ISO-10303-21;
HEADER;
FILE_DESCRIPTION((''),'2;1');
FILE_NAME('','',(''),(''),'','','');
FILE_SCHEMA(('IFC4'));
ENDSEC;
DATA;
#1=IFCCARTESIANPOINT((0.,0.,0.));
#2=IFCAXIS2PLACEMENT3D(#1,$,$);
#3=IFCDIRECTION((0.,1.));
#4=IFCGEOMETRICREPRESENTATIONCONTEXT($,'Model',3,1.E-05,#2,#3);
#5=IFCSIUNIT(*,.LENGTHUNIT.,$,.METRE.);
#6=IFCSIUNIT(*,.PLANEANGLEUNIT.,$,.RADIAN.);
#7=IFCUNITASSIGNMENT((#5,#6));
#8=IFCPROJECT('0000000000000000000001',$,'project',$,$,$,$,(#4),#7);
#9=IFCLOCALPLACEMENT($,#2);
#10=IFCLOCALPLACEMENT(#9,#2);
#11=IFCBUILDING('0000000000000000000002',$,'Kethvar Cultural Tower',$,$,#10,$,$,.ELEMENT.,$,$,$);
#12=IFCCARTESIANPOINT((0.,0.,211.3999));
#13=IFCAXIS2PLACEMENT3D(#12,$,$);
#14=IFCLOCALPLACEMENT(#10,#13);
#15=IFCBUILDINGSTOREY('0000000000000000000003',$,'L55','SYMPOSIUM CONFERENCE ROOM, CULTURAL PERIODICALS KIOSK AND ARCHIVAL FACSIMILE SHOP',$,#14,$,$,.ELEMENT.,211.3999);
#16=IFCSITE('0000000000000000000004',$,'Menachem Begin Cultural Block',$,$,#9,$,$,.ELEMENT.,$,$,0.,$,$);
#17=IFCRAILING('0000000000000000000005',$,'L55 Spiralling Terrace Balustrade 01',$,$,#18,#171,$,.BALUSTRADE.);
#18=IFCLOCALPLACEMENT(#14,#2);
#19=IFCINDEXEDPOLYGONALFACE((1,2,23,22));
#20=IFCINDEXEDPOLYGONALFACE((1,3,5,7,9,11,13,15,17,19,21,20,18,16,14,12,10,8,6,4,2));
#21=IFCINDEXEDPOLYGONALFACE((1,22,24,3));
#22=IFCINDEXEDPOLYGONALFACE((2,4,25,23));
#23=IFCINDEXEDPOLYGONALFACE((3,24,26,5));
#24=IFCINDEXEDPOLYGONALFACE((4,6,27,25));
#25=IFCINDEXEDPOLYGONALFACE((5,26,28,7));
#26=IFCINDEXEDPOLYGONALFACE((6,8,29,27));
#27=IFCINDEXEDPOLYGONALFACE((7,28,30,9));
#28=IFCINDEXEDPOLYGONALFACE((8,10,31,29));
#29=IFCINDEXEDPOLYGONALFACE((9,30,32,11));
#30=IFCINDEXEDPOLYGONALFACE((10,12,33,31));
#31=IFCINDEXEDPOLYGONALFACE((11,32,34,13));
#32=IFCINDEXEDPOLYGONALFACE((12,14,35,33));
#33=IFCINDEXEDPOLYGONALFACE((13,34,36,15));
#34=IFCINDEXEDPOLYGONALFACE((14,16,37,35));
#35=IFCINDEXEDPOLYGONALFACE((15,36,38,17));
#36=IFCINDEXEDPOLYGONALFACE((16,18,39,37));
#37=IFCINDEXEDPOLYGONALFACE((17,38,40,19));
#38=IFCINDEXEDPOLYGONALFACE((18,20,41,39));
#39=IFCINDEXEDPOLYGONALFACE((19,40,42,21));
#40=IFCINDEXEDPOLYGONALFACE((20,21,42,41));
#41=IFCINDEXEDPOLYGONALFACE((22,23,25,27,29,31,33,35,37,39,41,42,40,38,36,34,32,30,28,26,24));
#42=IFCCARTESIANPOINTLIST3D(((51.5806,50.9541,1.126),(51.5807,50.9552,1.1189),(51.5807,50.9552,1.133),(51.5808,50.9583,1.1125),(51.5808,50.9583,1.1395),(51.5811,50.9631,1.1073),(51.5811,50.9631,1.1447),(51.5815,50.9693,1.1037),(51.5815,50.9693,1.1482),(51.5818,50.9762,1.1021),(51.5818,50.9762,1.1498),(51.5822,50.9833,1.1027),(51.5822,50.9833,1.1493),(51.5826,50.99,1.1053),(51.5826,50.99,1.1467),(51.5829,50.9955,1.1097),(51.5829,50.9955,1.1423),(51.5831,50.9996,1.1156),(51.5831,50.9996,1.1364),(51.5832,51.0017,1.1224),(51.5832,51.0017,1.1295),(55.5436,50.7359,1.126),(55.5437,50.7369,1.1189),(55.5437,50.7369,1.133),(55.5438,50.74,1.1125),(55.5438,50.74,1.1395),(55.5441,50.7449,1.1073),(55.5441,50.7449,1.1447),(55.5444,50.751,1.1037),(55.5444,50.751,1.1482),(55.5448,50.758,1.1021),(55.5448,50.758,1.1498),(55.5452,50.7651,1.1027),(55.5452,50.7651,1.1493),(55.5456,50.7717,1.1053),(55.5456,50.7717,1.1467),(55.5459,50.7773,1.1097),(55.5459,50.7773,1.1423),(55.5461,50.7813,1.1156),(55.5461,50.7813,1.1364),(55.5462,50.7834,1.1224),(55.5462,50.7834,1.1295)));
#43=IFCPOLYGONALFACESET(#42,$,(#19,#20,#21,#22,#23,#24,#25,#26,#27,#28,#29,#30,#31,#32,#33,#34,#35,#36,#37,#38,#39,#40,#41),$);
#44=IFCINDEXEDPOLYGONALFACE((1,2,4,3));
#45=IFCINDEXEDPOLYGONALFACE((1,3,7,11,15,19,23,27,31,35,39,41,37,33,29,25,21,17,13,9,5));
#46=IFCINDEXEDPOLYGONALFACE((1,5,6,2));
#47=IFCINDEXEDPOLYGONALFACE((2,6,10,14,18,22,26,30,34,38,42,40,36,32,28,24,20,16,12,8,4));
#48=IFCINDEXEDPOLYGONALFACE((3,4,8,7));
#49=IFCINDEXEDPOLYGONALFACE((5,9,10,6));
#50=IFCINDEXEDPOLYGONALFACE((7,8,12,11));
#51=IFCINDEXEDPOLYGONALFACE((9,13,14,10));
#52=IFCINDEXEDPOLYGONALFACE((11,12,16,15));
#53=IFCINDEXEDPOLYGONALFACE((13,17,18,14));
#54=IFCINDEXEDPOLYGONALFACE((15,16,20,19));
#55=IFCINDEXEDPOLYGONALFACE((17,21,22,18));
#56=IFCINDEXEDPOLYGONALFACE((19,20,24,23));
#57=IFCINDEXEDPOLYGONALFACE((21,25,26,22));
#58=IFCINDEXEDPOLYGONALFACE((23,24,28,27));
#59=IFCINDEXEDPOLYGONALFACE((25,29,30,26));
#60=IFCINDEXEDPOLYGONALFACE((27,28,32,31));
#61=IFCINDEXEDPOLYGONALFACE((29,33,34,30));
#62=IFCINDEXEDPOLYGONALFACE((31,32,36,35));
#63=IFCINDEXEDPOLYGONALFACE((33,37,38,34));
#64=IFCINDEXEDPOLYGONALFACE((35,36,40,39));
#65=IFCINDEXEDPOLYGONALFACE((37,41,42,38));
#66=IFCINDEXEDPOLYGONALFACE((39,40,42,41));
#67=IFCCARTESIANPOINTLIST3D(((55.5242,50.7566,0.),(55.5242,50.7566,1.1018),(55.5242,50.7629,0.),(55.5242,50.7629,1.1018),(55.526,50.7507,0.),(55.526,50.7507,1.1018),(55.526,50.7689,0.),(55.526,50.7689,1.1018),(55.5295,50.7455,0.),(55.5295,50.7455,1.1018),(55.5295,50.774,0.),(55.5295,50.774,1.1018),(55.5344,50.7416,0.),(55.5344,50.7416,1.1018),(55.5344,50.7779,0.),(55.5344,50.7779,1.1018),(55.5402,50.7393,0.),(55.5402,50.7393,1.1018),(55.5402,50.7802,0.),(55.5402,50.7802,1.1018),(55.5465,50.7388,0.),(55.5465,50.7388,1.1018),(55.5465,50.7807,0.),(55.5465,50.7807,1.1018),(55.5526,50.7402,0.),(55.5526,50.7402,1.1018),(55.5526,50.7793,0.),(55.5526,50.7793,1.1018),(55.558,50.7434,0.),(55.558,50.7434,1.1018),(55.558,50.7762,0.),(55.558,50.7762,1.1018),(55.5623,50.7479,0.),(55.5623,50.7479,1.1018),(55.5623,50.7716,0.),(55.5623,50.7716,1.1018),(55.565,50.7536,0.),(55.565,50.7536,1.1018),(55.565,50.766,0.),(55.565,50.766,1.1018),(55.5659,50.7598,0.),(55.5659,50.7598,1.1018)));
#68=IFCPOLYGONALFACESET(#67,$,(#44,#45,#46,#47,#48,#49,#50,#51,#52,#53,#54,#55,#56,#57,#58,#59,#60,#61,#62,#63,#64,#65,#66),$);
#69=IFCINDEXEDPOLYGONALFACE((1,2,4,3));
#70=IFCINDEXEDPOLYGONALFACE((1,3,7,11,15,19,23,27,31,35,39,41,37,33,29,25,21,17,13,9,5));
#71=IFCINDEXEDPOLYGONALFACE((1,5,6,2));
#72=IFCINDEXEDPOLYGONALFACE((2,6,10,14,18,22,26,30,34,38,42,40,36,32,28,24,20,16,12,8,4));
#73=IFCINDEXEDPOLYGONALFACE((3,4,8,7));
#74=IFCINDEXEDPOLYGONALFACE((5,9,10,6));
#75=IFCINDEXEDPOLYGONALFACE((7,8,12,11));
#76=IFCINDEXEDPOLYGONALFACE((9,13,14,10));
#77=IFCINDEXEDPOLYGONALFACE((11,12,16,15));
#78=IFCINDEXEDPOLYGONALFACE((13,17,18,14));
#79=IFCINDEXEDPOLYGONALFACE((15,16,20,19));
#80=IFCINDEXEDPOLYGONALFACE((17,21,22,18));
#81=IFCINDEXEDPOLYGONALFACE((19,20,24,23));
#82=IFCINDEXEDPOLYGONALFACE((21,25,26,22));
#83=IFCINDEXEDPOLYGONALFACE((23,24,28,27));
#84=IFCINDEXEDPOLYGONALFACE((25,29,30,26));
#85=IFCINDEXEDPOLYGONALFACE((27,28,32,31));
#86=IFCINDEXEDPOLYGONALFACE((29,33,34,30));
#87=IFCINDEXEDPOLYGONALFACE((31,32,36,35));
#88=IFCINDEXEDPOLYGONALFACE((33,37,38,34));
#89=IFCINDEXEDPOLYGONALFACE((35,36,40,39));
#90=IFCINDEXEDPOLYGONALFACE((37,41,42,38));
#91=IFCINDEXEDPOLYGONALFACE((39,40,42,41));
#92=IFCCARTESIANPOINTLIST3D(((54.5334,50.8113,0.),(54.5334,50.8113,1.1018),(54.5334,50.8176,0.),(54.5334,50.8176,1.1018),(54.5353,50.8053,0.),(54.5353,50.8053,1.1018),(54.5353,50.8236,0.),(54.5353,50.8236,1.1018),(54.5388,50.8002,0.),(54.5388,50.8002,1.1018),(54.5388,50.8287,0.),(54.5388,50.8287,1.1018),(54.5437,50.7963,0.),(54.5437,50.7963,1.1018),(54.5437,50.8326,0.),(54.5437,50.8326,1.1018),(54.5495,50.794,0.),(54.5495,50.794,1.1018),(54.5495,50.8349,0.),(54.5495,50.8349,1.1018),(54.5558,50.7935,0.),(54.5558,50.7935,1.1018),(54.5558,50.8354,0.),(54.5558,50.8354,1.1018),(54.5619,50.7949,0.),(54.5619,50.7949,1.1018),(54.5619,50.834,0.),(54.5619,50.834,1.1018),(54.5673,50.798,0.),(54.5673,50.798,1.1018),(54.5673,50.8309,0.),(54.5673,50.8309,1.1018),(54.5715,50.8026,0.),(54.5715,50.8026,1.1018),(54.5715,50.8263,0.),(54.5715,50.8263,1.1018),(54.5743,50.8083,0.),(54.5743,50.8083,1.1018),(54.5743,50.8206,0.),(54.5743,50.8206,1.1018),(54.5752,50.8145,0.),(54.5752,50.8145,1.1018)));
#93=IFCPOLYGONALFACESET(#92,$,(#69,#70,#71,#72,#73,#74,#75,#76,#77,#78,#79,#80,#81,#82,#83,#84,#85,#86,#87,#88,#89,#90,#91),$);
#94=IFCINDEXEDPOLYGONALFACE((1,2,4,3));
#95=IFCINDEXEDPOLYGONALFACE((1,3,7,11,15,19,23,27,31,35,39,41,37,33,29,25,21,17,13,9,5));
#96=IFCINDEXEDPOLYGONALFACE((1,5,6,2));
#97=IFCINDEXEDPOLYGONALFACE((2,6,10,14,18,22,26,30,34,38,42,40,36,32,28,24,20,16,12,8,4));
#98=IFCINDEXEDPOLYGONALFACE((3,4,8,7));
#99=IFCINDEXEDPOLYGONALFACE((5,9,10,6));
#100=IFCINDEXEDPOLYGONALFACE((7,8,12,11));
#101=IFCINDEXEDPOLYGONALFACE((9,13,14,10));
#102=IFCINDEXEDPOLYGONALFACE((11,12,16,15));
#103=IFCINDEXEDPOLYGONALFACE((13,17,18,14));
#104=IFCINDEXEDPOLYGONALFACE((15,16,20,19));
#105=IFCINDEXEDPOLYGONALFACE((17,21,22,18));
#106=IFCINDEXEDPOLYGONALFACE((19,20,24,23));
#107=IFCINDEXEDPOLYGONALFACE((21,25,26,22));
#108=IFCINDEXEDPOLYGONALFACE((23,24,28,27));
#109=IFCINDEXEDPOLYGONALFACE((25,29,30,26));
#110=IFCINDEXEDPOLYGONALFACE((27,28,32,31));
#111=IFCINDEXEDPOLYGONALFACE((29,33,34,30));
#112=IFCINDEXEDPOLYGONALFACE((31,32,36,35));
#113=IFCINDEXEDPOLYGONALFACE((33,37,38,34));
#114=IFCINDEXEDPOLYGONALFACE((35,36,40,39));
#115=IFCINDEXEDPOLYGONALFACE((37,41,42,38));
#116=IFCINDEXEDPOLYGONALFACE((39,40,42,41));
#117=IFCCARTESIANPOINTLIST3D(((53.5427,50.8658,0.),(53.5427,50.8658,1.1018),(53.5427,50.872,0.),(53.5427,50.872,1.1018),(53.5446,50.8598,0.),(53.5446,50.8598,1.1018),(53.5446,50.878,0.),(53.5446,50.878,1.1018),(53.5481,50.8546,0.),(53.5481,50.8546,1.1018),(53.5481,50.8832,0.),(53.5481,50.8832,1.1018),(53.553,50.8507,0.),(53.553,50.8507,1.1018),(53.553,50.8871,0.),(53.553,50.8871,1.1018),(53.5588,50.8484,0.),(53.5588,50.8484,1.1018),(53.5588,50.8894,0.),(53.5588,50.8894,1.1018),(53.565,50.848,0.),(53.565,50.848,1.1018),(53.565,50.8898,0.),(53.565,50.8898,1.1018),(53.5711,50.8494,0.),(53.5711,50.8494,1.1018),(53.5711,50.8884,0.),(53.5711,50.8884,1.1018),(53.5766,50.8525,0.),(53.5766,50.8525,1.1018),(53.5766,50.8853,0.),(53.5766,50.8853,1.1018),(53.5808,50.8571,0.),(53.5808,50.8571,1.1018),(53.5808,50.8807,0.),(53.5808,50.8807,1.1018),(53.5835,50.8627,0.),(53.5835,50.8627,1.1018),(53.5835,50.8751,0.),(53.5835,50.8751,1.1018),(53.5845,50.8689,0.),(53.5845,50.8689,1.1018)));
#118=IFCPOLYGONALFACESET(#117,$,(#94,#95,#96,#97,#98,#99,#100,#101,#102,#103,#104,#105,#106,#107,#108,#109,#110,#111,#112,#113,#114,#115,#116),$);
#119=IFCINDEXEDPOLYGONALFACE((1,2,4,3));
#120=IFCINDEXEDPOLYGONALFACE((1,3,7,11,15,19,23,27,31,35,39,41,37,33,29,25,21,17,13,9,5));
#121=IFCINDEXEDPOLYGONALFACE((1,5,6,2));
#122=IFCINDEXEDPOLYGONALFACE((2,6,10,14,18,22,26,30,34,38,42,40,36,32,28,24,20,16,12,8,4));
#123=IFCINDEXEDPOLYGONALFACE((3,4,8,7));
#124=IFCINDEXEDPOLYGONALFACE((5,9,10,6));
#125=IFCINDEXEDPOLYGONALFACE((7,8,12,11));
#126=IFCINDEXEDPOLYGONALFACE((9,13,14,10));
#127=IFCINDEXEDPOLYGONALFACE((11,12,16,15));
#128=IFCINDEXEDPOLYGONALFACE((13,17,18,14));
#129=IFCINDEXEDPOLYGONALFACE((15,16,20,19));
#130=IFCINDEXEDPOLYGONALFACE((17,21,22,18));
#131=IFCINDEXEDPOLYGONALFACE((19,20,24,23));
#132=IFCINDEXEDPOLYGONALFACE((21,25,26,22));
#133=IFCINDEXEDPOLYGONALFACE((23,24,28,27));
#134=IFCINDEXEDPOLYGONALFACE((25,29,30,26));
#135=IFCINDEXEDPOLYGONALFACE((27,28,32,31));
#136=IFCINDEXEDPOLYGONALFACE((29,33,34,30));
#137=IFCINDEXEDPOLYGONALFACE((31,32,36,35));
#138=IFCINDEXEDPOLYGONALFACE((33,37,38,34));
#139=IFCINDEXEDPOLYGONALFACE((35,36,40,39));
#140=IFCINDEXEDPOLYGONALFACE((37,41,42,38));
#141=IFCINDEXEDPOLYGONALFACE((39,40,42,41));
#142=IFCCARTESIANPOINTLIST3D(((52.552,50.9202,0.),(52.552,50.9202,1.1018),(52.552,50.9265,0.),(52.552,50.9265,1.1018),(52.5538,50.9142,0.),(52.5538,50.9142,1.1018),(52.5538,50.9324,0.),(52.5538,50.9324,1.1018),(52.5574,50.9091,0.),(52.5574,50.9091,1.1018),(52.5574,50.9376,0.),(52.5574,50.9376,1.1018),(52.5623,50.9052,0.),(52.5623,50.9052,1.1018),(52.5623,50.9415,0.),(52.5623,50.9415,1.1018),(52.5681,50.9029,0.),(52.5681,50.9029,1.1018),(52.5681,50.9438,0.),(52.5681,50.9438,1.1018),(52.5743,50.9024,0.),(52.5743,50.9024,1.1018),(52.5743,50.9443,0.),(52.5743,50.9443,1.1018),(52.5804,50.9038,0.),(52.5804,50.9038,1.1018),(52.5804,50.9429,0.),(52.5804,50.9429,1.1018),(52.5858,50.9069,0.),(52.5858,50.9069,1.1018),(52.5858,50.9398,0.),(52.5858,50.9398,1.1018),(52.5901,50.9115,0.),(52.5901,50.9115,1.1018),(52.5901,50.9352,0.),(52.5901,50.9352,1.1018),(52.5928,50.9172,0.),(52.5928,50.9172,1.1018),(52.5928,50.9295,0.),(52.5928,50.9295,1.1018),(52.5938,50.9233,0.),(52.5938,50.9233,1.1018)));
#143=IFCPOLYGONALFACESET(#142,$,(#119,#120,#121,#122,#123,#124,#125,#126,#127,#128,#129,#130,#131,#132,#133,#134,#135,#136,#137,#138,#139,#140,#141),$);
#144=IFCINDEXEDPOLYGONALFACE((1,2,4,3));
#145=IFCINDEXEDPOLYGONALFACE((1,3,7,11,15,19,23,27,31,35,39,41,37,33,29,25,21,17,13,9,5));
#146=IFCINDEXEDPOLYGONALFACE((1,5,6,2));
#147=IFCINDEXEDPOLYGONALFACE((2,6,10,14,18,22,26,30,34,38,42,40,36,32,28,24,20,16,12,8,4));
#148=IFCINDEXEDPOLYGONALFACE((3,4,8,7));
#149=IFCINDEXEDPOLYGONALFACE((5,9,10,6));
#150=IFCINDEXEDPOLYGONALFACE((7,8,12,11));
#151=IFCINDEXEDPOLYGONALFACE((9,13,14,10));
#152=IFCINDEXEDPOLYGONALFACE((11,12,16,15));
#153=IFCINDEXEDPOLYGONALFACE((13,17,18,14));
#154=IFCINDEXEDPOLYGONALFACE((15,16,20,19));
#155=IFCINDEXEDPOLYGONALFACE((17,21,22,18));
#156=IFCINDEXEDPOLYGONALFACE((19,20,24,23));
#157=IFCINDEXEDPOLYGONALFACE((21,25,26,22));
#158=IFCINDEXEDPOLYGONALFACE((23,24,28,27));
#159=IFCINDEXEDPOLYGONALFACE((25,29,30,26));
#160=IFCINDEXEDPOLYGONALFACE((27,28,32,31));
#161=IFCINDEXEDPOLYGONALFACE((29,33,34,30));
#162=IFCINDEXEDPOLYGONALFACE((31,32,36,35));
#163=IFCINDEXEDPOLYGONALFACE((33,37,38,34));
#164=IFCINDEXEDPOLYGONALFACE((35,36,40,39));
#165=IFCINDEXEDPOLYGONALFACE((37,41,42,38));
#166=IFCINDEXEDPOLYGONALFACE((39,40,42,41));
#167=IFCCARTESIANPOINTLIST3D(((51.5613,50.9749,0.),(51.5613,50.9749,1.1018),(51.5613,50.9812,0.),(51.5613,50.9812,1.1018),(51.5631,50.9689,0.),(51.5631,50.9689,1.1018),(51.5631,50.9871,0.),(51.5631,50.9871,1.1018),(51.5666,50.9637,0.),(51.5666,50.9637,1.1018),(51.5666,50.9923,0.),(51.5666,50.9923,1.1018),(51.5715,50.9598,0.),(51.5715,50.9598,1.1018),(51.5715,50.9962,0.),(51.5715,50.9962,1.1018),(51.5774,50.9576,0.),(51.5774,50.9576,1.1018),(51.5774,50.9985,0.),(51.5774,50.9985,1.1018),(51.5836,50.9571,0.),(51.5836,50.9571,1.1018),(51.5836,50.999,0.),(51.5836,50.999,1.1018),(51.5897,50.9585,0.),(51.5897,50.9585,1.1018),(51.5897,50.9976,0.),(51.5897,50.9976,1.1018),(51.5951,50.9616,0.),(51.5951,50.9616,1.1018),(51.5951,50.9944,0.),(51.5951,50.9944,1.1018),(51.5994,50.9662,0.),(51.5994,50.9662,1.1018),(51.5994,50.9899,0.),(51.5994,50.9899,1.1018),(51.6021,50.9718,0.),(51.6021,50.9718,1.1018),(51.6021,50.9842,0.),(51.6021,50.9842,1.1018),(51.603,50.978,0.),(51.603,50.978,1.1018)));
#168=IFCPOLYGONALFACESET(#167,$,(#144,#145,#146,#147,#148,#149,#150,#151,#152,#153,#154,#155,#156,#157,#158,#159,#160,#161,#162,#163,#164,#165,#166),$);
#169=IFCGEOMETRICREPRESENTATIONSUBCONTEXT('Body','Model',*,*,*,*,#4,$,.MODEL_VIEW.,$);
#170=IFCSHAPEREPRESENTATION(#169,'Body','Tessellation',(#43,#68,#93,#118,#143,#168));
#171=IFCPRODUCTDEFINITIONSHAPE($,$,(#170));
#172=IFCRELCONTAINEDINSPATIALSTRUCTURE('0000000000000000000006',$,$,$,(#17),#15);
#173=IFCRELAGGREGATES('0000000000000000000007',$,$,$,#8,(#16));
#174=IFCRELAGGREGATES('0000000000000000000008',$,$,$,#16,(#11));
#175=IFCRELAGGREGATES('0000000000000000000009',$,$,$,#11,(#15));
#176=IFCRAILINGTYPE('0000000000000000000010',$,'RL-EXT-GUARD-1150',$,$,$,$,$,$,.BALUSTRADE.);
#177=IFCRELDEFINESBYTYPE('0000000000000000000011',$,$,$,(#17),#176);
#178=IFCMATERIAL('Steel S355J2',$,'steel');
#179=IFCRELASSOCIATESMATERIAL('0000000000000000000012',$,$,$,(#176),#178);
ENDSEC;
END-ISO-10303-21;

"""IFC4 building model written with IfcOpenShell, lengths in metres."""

from ifc_helpers import new_model, si_unit, direction, frame, origin, origin_2d, place, context, subcontext, project, spatial, circle, extrude, material, type_object, element, save


model = new_model("IFC4")

# Units and contexts
model_context = context("Model", 3, precision=1e-05, world=origin(), true_north=direction((0.0, 1.0)))
body_context = subcontext(model_context, "Body", "Model", "MODEL_VIEW")
ifc_project = project(units=[si_unit("LENGTHUNIT", "METRE"), si_unit("PLANEANGLEUNIT", "RADIAN")], contexts=[model_context])

# Site, building, storey
site_placement = place(None, origin())
site = spatial("IfcSite", under=ifc_project, at=site_placement, Name="Menachem Begin Cultural Block", CompositionType="ELEMENT", RefElevation=0.0)
building_placement = place(site_placement, origin())
building = spatial("IfcBuilding", under=site, at=building_placement, Name="Kethvar Cultural Tower", CompositionType="ELEMENT")
storey_placement = place(building_placement, frame((0.0, 0.0, 211.3999)))
storey = spatial("IfcBuildingStorey", under=building, at=storey_placement, Name="L55", Description="SYMPOSIUM CONFERENCE ROOM, CULTURAL PERIODICALS KIOSK AND ARCHIVAL FACSIMILE SHOP", CompositionType="ELEMENT", Elevation=211.3999)

# Shared definitions
ifc_material_1 = material(Name="Steel S355J2", Category="steel")

# Railing
railing_type = type_object("IfcRailingType", Name="RL-EXT-GUARD-1150", PredefinedType="BALUSTRADE", material=ifc_material_1)
railing_1_placement = place(storey_placement, frame((55.5449, 50.7598, 0.0)))
element("IfcRailing", 1, at=railing_1_placement, inside=storey, type_object=railing_type, Name="L55 Spiralling Terrace Balustrade 01", PredefinedType="BALUSTRADE", context=body_context, shape_type="SweptSolid", body=[
    extrude(circle(Radius=0.0239, at=origin_2d()), frame((0.0, 0.0, 1.126), z_axis=(-0.998487, 0.054993, 0.0), x_axis=(-0.054993, -0.998487, 0.0)), (0.0, 0.0, 1.0), 3.969),
    extrude(circle(Radius=0.021, at=origin_2d()), origin(), (0.0, 0.0, 1.0), 1.1018),
    extrude(circle(Radius=0.021, at=origin_2d()), frame((-0.9907, 0.0547, 0.0)), (0.0, 0.0, 1.0), 1.1018),
    extrude(circle(Radius=0.021, at=origin_2d()), frame((-1.9814, 0.1091, 0.0)), (0.0, 0.0, 1.0), 1.1018),
    extrude(circle(Radius=0.021, at=origin_2d()), frame((-2.9722, 0.1636, 0.0)), (0.0, 0.0, 1.0), 1.1018),
    extrude(circle(Radius=0.021, at=origin_2d()), frame((-3.9629, 0.2183, 0.0)), (0.0, 0.0, 1.0), 1.1018),
])

save(model, "model.ifc")
